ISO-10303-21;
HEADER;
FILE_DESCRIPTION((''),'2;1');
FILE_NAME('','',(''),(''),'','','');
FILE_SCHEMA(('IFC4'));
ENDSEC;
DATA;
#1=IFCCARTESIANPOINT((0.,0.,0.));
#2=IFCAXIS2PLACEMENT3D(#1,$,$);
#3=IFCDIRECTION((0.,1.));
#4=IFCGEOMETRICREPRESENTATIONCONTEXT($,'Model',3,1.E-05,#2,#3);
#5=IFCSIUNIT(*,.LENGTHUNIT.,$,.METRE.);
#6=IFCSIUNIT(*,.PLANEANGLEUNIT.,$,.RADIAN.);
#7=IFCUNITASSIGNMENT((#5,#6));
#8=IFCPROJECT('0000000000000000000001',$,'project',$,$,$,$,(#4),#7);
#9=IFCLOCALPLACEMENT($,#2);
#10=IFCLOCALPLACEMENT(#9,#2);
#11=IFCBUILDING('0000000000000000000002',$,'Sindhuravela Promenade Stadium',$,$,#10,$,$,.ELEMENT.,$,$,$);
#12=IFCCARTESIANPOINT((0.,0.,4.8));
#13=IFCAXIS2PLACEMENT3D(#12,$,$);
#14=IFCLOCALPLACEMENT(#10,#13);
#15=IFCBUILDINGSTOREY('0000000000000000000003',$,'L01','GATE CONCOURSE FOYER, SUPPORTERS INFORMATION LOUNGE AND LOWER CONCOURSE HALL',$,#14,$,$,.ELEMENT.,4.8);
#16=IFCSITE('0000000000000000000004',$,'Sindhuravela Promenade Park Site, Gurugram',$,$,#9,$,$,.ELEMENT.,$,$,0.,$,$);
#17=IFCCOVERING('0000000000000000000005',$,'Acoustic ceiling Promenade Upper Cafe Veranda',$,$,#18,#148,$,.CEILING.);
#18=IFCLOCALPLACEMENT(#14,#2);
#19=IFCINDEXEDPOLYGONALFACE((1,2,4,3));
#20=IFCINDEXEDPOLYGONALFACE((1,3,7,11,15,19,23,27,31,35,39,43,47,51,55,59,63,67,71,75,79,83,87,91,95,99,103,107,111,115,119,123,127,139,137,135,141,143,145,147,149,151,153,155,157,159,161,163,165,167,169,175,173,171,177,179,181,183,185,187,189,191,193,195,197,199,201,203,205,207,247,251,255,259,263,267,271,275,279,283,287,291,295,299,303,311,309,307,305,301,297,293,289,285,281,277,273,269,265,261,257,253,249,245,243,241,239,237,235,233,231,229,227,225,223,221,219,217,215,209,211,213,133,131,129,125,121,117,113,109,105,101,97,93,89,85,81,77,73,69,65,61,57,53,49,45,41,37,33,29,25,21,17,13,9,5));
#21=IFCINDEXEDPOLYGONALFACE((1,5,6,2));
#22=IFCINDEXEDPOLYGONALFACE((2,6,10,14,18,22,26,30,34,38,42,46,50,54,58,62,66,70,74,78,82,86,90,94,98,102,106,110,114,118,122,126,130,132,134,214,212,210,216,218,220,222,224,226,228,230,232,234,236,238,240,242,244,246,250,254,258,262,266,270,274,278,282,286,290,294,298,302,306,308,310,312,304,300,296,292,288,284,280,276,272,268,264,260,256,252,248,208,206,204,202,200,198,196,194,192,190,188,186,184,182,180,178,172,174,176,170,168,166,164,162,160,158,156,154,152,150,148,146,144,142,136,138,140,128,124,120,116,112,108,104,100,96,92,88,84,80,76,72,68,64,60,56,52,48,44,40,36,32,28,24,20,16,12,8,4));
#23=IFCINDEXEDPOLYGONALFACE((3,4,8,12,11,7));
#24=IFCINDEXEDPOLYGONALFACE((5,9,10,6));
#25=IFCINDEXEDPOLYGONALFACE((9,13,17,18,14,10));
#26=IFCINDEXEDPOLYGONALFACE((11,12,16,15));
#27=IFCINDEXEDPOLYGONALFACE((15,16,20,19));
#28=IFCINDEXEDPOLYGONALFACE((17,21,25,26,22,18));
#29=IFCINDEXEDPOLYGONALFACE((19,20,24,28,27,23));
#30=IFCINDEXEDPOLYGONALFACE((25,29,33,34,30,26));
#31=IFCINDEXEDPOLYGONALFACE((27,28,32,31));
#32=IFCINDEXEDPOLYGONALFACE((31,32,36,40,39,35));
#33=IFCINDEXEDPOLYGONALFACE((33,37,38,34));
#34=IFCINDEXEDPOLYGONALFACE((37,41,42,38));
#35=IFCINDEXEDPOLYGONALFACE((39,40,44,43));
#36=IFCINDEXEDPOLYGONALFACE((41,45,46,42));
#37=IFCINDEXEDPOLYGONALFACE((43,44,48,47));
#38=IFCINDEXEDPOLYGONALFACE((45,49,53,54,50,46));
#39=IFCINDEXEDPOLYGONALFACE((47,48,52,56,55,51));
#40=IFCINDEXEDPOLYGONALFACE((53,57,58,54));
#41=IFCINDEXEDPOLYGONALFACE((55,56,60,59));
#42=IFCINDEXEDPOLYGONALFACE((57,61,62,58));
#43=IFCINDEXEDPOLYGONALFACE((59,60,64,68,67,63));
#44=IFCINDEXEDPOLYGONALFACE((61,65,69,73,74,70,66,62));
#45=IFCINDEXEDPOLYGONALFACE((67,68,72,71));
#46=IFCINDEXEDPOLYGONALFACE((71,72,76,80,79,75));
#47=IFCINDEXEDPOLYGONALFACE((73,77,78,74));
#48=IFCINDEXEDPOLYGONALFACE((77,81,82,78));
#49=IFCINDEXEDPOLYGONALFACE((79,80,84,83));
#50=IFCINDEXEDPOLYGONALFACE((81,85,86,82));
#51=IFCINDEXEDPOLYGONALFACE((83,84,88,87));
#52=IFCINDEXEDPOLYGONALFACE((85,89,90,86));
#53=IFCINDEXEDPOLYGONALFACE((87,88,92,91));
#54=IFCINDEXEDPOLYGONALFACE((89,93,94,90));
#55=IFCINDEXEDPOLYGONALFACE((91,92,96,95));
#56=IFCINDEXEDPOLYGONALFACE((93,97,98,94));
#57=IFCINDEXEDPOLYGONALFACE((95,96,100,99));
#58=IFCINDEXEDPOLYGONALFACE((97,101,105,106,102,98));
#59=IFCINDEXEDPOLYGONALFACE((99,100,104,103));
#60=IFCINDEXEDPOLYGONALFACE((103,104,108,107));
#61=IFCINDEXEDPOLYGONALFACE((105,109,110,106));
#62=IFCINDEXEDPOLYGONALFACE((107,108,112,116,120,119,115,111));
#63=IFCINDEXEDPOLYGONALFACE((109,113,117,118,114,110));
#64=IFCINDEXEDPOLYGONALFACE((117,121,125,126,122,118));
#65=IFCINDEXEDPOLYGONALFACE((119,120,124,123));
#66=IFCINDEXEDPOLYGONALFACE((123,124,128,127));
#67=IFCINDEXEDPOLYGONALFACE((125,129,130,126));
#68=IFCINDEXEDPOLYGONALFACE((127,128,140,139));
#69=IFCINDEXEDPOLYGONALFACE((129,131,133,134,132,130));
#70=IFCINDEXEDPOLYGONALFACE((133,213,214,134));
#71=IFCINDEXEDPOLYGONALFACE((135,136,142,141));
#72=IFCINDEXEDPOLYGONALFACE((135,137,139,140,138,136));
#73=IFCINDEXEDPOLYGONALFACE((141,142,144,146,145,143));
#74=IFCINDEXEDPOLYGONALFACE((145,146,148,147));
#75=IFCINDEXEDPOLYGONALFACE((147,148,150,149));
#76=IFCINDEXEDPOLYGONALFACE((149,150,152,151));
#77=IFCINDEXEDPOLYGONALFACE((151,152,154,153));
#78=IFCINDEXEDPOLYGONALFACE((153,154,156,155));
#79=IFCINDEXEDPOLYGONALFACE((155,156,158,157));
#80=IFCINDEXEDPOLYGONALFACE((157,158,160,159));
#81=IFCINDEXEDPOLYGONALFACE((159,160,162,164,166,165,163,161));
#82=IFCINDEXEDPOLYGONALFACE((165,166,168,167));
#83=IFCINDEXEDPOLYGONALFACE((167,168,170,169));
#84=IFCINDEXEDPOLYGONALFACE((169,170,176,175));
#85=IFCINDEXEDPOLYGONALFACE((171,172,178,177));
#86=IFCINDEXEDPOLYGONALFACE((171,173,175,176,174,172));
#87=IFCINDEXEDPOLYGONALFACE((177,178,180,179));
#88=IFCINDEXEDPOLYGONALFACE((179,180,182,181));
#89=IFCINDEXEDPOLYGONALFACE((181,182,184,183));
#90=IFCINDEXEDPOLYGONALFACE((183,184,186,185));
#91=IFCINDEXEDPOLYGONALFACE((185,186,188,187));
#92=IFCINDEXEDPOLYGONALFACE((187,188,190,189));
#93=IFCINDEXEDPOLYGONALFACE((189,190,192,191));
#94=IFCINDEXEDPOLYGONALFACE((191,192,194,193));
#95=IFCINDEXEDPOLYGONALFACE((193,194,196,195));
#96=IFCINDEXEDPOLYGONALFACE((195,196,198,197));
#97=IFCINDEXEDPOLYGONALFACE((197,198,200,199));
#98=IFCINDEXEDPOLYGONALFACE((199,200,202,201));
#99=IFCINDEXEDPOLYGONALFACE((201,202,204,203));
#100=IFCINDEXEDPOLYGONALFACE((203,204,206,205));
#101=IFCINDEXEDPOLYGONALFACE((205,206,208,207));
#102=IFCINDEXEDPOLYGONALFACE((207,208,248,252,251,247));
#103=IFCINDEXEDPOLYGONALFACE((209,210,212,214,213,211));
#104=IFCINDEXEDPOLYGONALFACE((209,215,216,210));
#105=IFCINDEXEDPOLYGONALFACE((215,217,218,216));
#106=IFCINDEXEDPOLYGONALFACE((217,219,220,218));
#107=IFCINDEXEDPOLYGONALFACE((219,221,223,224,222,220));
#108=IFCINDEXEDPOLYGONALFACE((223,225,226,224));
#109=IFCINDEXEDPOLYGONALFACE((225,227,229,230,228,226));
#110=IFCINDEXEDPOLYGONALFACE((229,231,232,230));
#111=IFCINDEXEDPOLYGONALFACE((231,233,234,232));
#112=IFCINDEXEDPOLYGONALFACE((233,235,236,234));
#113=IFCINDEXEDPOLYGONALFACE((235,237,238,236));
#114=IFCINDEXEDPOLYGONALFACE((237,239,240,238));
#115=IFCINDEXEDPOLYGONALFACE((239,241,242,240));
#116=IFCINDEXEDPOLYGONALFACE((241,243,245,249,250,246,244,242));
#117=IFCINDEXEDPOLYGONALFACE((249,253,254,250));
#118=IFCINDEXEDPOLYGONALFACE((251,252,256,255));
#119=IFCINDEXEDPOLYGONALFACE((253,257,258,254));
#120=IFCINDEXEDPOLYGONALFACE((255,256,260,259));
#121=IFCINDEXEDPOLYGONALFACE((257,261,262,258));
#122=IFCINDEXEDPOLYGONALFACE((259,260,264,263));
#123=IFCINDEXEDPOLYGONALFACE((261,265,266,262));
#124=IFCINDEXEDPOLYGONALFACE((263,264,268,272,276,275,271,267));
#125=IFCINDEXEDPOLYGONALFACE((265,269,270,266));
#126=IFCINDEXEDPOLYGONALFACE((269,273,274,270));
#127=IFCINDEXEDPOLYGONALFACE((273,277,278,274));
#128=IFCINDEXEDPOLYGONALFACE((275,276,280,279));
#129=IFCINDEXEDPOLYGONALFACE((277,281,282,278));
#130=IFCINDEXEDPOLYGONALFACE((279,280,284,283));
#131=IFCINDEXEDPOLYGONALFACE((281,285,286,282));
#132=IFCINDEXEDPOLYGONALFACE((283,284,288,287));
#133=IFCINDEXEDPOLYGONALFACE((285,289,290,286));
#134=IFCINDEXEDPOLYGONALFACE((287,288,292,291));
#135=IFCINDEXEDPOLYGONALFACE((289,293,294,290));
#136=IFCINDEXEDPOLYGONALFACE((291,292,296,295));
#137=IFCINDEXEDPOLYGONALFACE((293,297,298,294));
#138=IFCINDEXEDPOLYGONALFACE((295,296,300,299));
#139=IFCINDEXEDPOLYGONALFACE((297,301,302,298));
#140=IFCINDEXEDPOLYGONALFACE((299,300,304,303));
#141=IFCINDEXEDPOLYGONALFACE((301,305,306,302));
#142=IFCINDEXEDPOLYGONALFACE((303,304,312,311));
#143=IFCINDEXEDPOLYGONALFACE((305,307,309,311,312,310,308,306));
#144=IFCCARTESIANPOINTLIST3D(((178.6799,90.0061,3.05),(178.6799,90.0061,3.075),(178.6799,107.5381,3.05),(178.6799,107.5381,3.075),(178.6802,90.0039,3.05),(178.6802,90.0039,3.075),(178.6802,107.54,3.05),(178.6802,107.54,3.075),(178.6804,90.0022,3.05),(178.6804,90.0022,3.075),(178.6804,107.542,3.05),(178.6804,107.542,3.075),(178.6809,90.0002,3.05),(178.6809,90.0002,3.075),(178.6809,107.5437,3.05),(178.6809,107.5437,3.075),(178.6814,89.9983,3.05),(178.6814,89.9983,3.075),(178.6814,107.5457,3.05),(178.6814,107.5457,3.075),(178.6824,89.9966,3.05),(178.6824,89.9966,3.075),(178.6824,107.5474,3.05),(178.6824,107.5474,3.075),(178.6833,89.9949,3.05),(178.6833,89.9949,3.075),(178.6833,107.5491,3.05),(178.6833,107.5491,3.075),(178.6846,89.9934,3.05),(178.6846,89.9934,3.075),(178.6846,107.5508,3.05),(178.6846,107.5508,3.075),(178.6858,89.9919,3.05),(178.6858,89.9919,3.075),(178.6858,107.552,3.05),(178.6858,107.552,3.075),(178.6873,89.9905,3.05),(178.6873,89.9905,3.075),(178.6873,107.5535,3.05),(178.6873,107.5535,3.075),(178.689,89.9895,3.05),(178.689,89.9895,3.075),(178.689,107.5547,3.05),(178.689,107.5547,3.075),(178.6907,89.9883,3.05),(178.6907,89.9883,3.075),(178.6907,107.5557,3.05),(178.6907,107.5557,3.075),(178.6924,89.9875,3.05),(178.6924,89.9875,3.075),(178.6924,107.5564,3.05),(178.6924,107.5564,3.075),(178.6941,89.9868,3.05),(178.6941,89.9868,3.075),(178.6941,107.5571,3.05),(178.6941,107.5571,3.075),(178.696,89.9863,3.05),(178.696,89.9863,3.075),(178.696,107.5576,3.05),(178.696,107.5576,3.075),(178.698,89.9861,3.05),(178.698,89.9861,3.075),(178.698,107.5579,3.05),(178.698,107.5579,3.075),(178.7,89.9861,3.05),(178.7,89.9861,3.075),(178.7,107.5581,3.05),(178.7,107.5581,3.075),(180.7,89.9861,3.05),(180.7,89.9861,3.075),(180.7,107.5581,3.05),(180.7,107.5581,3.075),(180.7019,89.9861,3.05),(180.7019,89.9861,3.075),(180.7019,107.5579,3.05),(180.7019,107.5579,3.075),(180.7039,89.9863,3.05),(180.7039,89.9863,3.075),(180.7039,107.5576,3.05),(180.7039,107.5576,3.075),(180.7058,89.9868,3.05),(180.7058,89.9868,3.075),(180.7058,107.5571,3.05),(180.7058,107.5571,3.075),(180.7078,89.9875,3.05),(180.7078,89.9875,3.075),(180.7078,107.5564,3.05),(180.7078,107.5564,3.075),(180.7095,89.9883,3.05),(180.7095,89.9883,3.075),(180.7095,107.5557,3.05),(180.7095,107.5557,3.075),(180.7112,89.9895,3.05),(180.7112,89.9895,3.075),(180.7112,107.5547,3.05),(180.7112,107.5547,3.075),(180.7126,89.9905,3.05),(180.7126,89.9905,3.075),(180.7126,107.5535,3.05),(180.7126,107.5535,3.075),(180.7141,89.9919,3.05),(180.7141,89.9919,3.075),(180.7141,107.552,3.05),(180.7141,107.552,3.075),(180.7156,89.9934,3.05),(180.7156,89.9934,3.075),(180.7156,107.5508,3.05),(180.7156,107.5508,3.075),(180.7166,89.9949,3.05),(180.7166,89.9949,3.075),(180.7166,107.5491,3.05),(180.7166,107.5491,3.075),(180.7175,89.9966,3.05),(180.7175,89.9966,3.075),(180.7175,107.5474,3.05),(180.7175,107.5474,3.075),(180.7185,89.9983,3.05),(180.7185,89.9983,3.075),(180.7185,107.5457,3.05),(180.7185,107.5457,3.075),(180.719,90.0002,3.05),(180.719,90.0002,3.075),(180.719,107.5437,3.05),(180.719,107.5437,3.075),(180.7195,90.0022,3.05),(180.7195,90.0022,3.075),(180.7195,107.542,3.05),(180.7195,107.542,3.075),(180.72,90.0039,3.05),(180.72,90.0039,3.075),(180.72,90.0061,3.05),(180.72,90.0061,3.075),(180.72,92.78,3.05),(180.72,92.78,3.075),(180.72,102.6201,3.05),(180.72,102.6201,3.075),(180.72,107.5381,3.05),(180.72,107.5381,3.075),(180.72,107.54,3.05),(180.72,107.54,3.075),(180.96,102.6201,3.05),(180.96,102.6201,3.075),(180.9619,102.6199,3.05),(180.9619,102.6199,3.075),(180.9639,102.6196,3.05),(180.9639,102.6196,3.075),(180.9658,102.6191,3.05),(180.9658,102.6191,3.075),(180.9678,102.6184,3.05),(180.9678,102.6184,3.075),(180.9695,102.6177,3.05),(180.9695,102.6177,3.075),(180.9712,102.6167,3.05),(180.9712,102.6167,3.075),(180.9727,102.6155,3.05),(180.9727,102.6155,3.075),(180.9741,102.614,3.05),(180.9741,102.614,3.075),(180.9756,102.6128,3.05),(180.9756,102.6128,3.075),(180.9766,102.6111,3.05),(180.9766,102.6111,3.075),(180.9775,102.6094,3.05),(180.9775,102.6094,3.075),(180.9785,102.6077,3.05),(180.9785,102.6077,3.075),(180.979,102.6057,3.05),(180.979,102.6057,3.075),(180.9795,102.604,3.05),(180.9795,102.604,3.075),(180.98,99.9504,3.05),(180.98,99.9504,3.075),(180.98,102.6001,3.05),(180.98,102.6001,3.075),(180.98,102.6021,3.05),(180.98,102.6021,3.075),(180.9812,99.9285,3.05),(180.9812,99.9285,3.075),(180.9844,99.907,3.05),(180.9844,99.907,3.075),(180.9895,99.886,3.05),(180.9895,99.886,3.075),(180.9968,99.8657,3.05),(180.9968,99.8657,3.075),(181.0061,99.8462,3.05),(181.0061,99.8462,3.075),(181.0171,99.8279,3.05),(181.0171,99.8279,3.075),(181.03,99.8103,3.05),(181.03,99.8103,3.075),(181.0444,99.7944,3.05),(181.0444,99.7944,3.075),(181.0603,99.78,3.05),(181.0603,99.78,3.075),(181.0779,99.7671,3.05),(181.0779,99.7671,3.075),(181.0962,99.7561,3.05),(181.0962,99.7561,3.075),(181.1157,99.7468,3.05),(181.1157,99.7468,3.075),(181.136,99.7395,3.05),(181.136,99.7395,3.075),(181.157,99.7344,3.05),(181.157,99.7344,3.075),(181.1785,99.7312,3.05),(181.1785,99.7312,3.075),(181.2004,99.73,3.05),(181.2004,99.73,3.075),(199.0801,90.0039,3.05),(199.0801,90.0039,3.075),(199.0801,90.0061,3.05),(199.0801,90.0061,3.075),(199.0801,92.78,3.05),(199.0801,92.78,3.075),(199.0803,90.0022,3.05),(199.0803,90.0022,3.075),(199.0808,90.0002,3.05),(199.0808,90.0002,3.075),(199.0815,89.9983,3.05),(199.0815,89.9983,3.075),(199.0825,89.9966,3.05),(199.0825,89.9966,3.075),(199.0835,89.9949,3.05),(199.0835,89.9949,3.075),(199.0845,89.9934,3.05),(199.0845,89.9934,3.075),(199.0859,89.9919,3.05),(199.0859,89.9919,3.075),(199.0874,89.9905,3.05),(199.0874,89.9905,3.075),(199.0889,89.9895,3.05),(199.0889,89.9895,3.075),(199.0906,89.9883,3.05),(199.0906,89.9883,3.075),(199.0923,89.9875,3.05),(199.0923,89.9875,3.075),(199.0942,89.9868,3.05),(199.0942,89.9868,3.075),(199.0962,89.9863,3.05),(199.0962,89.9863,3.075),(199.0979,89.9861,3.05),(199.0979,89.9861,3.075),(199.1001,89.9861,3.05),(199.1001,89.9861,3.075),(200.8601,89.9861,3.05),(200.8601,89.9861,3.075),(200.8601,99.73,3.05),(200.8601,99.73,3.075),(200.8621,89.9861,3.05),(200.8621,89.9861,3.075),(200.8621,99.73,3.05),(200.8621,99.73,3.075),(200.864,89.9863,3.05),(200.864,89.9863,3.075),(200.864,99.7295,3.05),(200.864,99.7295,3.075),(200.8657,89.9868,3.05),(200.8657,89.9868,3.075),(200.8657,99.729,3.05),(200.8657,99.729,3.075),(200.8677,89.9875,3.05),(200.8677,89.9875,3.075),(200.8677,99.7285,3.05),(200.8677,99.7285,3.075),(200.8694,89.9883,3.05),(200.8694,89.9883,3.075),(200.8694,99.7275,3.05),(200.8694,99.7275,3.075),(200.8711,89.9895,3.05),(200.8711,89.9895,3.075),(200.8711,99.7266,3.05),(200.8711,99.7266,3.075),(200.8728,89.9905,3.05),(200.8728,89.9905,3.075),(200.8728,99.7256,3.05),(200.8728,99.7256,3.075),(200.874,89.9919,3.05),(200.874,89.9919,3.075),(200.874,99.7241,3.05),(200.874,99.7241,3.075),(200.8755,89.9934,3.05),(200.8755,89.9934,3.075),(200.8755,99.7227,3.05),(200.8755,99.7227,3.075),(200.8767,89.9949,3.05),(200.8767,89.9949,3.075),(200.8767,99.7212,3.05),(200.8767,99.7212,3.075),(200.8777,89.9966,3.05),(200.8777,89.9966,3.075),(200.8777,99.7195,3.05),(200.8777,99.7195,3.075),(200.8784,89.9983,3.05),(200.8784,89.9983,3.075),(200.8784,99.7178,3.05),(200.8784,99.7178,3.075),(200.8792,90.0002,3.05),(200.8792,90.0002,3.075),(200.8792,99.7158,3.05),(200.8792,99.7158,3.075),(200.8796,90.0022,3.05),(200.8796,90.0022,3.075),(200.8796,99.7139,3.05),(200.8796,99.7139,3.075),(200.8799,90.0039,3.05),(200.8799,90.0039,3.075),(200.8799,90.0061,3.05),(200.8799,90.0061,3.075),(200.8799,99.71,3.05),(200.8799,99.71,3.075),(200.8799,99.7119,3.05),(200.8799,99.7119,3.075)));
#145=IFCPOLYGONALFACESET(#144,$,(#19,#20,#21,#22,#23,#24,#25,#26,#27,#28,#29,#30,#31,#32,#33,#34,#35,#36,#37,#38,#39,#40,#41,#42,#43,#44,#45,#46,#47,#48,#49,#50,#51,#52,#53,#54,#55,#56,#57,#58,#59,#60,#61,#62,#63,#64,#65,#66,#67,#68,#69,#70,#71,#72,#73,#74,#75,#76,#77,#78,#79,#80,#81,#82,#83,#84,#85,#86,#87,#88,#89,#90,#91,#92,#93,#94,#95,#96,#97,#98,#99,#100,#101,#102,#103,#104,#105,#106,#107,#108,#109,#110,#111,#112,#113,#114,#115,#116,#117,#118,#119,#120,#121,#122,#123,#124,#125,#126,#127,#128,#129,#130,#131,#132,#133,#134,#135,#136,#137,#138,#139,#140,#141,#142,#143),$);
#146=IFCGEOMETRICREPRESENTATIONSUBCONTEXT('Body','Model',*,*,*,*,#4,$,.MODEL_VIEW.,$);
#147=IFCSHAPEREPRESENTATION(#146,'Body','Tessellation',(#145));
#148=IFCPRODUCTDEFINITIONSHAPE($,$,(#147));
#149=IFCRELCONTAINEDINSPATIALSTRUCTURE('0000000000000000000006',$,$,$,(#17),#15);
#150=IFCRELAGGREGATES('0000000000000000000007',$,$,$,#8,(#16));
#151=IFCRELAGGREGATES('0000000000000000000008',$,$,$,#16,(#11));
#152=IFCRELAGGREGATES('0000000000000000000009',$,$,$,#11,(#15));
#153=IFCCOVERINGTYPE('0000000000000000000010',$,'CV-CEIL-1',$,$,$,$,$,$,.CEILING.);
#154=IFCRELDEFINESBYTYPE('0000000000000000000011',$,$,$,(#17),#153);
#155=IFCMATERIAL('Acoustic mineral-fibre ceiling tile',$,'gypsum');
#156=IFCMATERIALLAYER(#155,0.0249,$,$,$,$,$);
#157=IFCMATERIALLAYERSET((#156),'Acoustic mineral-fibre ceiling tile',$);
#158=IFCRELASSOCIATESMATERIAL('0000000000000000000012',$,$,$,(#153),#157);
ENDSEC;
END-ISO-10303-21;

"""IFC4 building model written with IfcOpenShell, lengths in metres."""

from ifc_helpers import new_model, si_unit, direction, frame, origin, place, context, subcontext, project, spatial, polyline, outline, extrude, material, layer, layer_set, type_object, element, save


model = new_model("IFC4")

# Units and contexts
model_context = context("Model", 3, precision=1e-05, world=origin(), true_north=direction((0.0, 1.0)))
body_context = subcontext(model_context, "Body", "Model", "MODEL_VIEW")
ifc_project = project(units=[si_unit("LENGTHUNIT", "METRE"), si_unit("PLANEANGLEUNIT", "RADIAN")], contexts=[model_context])

# Site, building, storey
site_placement = place(None, origin())
site = spatial("IfcSite", under=ifc_project, at=site_placement, Name="Sindhuravela Promenade Park Site, Gurugram", CompositionType="ELEMENT", RefElevation=0.0)
building_placement = place(site_placement, origin())
building = spatial("IfcBuilding", under=site, at=building_placement, Name="Sindhuravela Promenade Stadium", CompositionType="ELEMENT")
storey_placement = place(building_placement, frame((0.0, 0.0, 4.8)))
storey = spatial("IfcBuildingStorey", under=building, at=storey_placement, Name="L01", Description="GATE CONCOURSE FOYER, SUPPORTERS INFORMATION LOUNGE AND LOWER CONCOURSE HALL", CompositionType="ELEMENT", Elevation=4.8)

# Covering
ifc_material_1 = material(Name="Acoustic mineral-fibre ceiling tile", Category="gypsum")
ifc_layer_1 = layer(ifc_material_1, 0.0249)
ifc_layer_set_1 = layer_set([ifc_layer_1], Name="Acoustic mineral-fibre ceiling tile")
covering_type_1 = type_object("IfcCoveringType", Name="CV-CEIL-1", PredefinedType="CEILING", material=ifc_layer_set_1)
covering_1_placement = place(storey_placement, frame((0.0, 0.0, 3.05)))
element("IfcCovering", 1, at=covering_1_placement, inside=storey, type_object=covering_type_1, Name="Acoustic ceiling Promenade Upper Cafe Veranda", PredefinedType="CEILING", context=body_context, shape_type="SweptSolid", body=[
    extrude(outline(polyline([(178.6799, 107.5381), (178.6802, 107.54), (178.6804, 107.542), (178.6809, 107.5437), (178.6814, 107.5457), (178.6824, 107.5474), (178.6833, 107.5491), (178.6846, 107.5508), (178.6858, 107.552), (178.6873, 107.5535), (178.689, 107.5547), (178.6907, 107.5557), (178.6924, 107.5564), (178.6941, 107.5571), (178.696, 107.5576), (178.698, 107.5579), (178.7, 107.5581), (180.7, 107.5581), (180.7019, 107.5579), (180.7039, 107.5576), (180.7058, 107.5571), (180.7078, 107.5564), (180.7095, 107.5557), (180.7112, 107.5547), (180.7126, 107.5535), (180.7141, 107.552), (180.7156, 107.5508), (180.7166, 107.5491), (180.7175, 107.5474), (180.7185, 107.5457), (180.719, 107.5437), (180.7195, 107.542), (180.72, 107.54), (180.72, 107.5381), (180.72, 102.6201), (180.96, 102.6201), (180.9619, 102.6199), (180.9639, 102.6196), (180.9658, 102.6191), (180.9678, 102.6184), (180.9695, 102.6177), (180.9712, 102.6167), (180.9727, 102.6155), (180.9741, 102.614), (180.9756, 102.6128), (180.9766, 102.6111), (180.9775, 102.6094), (180.9785, 102.6077), (180.979, 102.6057), (180.9795, 102.604), (180.98, 102.6021), (180.98, 102.6001), (180.98, 99.9504), (180.9812, 99.9285), (180.9844, 99.907), (180.9895, 99.886), (180.9968, 99.8657), (181.0061, 99.8462), (181.0171, 99.8279), (181.03, 99.8103), (181.0444, 99.7944), (181.0603, 99.78), (181.0779, 99.7671), (181.0962, 99.7561), (181.1157, 99.7468), (181.136, 99.7395), (181.157, 99.7344), (181.1785, 99.7312), (181.2004, 99.73), (200.8601, 99.73), (200.8621, 99.73), (200.864, 99.7295), (200.8657, 99.729), (200.8677, 99.7285), (200.8694, 99.7275), (200.8711, 99.7266), (200.8728, 99.7256), (200.874, 99.7241), (200.8755, 99.7227), (200.8767, 99.7212), (200.8777, 99.7195), (200.8784, 99.7178), (200.8792, 99.7158), (200.8796, 99.7139), (200.8799, 99.7119), (200.8799, 99.71), (200.8799, 90.0061), (200.8799, 90.0039), (200.8796, 90.0022), (200.8792, 90.0002), (200.8784, 89.9983), (200.8777, 89.9966), (200.8767, 89.9949), (200.8755, 89.9934), (200.874, 89.9919), (200.8728, 89.9905), (200.8711, 89.9895), (200.8694, 89.9883), (200.8677, 89.9875), (200.8657, 89.9868), (200.864, 89.9863), (200.8621, 89.9861), (200.8601, 89.9861), (199.1001, 89.9861), (199.0979, 89.9861), (199.0962, 89.9863), (199.0942, 89.9868), (199.0923, 89.9875), (199.0906, 89.9883), (199.0889, 89.9895), (199.0874, 89.9905), (199.0859, 89.9919), (199.0845, 89.9934), (199.0835, 89.9949), (199.0825, 89.9966), (199.0815, 89.9983), (199.0808, 90.0002), (199.0803, 90.0022), (199.0801, 90.0039), (199.0801, 90.0061), (199.0801, 92.78), (180.72, 92.78), (180.72, 90.0061), (180.72, 90.0039), (180.7195, 90.0022), (180.719, 90.0002), (180.7185, 89.9983), (180.7175, 89.9966), (180.7166, 89.9949), (180.7156, 89.9934), (180.7141, 89.9919), (180.7126, 89.9905), (180.7112, 89.9895), (180.7095, 89.9883), (180.7078, 89.9875), (180.7058, 89.9868), (180.7039, 89.9863), (180.7019, 89.9861), (180.7, 89.9861), (178.7, 89.9861), (178.698, 89.9861), (178.696, 89.9863), (178.6941, 89.9868), (178.6924, 89.9875), (178.6907, 89.9883), (178.689, 89.9895), (178.6873, 89.9905), (178.6858, 89.9919), (178.6846, 89.9934), (178.6833, 89.9949), (178.6824, 89.9966), (178.6814, 89.9983), (178.6809, 90.0002), (178.6804, 90.0022), (178.6802, 90.0039), (178.6799, 90.0061), (178.6799, 107.5381)])), origin(), (0.0, 0.0, 1.0), 0.0249),
])

save(model, "model.ifc")
